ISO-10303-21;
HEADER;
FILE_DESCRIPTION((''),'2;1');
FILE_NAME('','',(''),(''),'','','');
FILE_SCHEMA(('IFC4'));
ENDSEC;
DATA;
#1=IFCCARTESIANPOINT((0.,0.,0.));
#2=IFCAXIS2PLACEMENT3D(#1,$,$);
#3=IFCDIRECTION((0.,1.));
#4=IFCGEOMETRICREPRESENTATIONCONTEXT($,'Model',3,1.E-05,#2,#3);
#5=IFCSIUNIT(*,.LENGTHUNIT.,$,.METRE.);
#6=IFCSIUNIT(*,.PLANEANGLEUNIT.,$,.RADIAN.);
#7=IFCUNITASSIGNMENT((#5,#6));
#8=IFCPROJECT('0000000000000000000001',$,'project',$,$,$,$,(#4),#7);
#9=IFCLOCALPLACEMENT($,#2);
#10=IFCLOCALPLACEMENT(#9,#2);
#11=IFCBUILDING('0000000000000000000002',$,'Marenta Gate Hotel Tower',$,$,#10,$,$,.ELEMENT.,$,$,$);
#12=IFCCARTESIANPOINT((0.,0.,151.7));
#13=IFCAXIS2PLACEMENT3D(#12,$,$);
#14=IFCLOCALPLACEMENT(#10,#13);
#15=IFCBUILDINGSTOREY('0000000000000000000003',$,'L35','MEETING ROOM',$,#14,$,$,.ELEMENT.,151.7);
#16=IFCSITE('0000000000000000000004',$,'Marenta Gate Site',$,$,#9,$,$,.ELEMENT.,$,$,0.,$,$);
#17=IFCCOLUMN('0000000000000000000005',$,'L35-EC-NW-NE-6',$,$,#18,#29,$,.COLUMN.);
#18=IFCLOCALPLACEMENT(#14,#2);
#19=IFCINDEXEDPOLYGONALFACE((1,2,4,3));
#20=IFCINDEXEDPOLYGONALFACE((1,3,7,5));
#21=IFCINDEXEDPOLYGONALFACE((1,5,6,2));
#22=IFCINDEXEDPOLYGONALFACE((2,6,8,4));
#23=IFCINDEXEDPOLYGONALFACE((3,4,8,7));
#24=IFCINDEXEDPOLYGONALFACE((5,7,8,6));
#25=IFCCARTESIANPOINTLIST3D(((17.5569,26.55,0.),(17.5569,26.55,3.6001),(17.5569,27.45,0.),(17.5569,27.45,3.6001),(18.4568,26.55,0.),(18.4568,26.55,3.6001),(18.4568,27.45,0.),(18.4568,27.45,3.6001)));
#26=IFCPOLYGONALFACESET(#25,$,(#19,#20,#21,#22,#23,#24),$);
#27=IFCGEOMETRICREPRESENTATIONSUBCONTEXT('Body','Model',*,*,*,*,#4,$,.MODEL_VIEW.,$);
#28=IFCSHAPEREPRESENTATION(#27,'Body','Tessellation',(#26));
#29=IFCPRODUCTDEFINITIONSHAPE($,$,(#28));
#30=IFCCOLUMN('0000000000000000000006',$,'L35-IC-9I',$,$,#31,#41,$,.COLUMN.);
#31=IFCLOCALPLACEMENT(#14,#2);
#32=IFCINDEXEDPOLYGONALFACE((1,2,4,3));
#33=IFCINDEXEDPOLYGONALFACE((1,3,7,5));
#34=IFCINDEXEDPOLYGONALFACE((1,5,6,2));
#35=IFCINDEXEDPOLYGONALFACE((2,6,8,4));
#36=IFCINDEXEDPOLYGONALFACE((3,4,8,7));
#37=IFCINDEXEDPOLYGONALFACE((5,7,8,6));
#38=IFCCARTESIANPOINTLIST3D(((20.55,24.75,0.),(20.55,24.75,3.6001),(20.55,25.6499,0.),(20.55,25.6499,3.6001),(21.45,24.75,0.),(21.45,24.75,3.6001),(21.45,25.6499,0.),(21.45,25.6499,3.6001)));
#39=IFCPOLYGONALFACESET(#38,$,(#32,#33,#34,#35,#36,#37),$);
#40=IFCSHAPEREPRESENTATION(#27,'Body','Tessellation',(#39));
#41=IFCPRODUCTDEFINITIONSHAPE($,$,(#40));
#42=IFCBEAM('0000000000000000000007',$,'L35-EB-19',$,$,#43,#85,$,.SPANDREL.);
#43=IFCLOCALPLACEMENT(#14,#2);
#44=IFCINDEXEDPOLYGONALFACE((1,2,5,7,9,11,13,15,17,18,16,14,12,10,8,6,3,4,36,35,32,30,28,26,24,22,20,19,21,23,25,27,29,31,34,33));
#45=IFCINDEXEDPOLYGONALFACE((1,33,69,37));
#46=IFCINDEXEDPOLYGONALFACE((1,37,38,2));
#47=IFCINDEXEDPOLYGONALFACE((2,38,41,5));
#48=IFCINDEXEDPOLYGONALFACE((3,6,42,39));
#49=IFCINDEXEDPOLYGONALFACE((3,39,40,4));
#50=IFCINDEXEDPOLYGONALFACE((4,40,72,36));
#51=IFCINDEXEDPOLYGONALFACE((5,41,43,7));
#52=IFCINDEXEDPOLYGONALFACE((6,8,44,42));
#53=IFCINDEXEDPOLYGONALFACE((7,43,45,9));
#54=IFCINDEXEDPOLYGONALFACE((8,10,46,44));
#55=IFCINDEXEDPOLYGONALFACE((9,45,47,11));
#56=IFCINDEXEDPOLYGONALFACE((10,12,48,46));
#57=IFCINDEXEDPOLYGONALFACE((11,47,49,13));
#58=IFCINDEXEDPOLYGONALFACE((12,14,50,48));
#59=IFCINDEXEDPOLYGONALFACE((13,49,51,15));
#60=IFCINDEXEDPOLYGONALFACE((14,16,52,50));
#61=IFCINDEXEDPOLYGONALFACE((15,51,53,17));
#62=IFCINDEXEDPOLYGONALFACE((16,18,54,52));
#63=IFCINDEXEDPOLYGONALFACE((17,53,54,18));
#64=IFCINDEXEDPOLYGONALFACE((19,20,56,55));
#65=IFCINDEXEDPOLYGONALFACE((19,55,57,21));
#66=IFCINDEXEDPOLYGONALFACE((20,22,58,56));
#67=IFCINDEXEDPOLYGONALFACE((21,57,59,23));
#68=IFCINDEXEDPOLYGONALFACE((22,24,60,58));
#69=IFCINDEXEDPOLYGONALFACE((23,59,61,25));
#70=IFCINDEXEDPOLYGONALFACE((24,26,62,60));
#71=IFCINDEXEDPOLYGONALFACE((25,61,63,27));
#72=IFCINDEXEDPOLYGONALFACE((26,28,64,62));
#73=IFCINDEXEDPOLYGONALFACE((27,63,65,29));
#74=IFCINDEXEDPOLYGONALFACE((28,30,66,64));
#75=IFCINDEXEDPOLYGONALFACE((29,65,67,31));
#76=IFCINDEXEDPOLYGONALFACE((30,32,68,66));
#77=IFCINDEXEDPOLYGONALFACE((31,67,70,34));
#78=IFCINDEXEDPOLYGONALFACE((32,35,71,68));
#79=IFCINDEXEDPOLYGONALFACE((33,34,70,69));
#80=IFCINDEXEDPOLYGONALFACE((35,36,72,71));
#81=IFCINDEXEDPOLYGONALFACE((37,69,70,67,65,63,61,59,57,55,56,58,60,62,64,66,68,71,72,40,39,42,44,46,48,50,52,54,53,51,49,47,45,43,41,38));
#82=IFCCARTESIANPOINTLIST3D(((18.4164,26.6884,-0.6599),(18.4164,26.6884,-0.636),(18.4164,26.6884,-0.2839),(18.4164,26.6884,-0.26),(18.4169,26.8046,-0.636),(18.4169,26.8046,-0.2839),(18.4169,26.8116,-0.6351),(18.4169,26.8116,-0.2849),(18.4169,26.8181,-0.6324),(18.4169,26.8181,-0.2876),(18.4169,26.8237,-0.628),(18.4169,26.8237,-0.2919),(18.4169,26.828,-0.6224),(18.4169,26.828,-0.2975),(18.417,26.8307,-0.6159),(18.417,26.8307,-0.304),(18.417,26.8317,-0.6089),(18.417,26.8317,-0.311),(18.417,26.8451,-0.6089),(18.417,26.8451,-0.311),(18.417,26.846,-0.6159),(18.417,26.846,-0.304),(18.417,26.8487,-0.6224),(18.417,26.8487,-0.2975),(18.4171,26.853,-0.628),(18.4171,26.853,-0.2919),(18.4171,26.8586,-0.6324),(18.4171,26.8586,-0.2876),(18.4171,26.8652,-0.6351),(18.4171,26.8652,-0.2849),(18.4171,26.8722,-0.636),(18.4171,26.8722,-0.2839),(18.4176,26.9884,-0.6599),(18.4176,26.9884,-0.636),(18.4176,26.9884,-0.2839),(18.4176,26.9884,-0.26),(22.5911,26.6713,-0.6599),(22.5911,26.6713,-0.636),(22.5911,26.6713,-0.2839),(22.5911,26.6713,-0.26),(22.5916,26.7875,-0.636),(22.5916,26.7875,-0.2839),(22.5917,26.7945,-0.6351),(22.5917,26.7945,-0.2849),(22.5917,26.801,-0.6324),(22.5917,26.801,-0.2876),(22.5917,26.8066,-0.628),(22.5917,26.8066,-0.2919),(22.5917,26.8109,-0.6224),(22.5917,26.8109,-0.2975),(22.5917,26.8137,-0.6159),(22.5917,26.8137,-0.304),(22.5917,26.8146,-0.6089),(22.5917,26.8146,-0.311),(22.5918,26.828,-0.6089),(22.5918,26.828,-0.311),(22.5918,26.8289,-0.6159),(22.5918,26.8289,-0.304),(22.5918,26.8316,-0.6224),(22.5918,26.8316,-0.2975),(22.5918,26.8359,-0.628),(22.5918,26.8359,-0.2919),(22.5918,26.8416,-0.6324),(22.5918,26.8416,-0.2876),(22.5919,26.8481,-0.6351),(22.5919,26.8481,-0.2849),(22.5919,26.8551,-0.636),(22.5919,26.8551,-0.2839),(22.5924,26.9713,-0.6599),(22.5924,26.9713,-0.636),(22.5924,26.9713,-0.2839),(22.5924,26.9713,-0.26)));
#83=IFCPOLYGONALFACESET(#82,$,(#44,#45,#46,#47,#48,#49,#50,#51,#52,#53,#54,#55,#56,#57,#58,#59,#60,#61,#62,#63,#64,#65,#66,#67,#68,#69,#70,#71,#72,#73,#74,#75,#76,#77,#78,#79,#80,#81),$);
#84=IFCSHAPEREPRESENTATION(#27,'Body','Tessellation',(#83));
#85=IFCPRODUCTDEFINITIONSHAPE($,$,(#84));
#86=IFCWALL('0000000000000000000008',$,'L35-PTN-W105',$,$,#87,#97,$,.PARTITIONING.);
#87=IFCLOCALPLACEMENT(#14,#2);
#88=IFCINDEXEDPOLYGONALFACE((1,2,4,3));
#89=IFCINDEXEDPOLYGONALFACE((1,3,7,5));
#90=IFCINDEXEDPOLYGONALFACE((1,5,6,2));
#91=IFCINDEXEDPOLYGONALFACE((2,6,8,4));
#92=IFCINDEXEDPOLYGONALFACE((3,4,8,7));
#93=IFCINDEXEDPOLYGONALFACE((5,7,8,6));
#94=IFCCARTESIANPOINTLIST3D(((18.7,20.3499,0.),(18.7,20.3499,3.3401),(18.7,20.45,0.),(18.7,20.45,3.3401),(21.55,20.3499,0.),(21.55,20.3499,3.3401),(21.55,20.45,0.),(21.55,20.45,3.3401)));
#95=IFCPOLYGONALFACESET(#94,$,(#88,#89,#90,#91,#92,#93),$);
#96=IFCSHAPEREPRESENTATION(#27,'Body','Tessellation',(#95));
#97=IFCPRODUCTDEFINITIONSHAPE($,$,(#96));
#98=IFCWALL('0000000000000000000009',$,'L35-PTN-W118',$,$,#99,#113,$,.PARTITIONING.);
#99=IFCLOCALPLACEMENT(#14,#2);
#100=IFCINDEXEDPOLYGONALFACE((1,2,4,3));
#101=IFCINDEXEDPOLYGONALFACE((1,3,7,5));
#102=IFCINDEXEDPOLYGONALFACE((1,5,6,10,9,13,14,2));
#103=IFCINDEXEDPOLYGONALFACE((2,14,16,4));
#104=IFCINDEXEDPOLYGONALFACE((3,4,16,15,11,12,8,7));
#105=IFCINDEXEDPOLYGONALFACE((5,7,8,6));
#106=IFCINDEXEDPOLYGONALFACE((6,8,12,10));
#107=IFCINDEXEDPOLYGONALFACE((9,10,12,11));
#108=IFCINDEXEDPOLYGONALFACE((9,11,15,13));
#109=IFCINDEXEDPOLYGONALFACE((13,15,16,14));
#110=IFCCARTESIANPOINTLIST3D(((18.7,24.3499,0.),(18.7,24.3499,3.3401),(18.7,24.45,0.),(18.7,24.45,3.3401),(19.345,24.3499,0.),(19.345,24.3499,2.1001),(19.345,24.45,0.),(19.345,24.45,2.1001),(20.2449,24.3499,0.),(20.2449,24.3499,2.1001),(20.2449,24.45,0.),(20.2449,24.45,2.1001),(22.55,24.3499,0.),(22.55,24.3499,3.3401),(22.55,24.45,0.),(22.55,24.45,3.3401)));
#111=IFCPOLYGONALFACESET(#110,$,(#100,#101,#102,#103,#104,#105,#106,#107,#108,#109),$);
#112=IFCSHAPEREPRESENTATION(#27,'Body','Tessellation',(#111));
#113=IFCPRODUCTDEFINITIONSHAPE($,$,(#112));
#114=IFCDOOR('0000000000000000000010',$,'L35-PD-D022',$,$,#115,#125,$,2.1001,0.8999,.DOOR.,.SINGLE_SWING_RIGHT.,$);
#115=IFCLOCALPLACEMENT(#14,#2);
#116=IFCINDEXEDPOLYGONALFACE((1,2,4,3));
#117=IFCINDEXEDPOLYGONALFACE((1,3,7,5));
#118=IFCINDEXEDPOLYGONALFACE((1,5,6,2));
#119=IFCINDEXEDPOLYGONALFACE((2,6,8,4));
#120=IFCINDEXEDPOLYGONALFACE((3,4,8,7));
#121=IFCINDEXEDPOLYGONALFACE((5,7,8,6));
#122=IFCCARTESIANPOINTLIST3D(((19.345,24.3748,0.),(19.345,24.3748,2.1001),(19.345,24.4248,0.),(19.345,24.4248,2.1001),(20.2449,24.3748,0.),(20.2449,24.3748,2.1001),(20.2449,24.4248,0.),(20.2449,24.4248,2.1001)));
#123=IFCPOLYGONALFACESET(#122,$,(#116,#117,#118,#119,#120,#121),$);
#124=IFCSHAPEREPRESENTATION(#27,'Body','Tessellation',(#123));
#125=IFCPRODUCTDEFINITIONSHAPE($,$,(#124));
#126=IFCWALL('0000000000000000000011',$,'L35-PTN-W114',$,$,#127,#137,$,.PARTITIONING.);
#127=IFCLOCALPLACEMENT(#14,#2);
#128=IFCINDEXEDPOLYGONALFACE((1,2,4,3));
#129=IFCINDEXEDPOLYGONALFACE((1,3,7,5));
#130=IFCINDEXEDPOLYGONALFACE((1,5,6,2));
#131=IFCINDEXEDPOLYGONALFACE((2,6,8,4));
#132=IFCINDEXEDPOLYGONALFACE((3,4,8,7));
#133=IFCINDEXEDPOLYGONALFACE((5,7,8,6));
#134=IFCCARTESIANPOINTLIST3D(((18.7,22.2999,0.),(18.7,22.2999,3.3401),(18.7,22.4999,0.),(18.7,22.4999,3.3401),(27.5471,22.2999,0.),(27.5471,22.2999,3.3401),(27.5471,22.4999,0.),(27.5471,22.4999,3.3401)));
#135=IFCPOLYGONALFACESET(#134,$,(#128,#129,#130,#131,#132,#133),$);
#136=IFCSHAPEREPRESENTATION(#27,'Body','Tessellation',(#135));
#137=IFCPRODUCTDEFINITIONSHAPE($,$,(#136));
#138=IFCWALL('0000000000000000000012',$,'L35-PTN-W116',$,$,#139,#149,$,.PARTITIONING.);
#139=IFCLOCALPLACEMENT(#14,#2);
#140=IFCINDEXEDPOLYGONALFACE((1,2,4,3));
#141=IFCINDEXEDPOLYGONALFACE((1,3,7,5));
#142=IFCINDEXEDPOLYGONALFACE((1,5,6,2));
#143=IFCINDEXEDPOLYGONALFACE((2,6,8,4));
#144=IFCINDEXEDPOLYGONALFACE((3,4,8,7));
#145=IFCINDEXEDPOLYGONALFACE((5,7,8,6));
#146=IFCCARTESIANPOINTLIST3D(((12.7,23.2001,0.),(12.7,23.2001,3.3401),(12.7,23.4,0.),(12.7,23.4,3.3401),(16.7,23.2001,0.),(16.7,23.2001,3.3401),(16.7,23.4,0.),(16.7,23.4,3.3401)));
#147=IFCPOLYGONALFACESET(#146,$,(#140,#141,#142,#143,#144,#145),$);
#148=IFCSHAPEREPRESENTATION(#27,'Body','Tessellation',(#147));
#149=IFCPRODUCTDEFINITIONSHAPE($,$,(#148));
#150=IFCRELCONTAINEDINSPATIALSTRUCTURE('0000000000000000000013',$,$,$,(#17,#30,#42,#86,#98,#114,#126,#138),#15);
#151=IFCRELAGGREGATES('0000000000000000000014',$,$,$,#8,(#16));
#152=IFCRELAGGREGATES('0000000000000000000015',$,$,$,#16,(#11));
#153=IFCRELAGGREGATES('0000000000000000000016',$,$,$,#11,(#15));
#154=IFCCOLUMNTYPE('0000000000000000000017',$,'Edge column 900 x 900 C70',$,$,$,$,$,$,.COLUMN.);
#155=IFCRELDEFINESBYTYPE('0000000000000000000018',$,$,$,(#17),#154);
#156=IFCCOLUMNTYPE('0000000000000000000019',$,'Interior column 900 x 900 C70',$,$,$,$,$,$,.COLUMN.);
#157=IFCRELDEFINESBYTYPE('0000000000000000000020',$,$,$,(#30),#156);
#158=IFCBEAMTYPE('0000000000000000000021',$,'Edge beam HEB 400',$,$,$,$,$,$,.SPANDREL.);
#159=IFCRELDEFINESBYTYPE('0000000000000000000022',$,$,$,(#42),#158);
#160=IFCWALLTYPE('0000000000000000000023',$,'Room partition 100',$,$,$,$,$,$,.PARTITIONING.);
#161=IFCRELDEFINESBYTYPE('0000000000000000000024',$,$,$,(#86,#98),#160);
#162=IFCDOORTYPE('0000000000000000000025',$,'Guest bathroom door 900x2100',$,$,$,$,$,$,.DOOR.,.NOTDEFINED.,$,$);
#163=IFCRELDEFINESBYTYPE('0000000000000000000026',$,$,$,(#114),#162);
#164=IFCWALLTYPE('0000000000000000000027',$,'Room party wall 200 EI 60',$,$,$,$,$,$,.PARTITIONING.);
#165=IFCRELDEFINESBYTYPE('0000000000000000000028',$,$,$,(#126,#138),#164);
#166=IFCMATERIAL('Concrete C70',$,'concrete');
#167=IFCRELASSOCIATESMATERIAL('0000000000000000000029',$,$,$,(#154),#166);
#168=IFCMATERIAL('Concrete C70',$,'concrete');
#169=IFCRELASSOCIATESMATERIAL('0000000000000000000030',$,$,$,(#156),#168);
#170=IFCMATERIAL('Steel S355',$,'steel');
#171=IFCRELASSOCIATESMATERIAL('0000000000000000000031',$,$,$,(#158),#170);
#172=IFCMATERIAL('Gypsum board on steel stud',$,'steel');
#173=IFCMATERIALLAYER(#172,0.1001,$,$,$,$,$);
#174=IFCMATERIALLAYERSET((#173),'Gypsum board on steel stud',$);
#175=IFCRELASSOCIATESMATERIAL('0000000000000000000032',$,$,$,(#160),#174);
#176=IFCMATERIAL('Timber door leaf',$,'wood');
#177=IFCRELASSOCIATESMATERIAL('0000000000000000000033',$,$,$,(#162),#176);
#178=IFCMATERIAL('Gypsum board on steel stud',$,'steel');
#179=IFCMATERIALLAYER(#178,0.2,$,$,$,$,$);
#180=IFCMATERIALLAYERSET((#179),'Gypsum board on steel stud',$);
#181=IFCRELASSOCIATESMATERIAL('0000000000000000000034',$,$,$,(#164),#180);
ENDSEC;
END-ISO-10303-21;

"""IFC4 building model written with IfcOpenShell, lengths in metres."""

from ifc_helpers import new_model, si_unit, direction, frame, frame_2d, origin, origin_2d, place, context, subcontext, project, spatial, rectangle, i_section, extrude, material, layer, layer_set, material_profile, profile_set, type_object, element, fill, save


model = new_model("IFC4")

# Units and contexts
model_context = context("Model", 3, precision=1e-05, world=origin(), true_north=direction((0.0, 1.0)))
body_context = subcontext(model_context, "Body", "Model", "MODEL_VIEW")
ifc_project = project(units=[si_unit("LENGTHUNIT", "METRE"), si_unit("PLANEANGLEUNIT", "RADIAN")], contexts=[model_context])

# Site, building, storey
site_placement = place(None, origin())
site = spatial("IfcSite", under=ifc_project, at=site_placement, Name="Marenta Gate Site", CompositionType="ELEMENT", RefElevation=0.0)
building_placement = place(site_placement, origin())
building = spatial("IfcBuilding", under=site, at=building_placement, Name="Marenta Gate Hotel Tower", CompositionType="ELEMENT")
storey_placement = place(building_placement, frame((0.0, 0.0, 151.7)))
storey = spatial("IfcBuildingStorey", under=building, at=storey_placement, Name="L35", Description="MEETING ROOM", CompositionType="ELEMENT", Elevation=151.7)

# Columns
ifc_material_1 = material(Name="Concrete C70", Category="concrete")
ifc_material_profile_1 = material_profile(ifc_material_1, rectangle(XDim=0.8999, YDim=0.8999, at=origin_2d()), Name="900 x 900")
ifc_profile_set_1 = profile_set([ifc_material_profile_1], Name="Concrete C70")
column_type_1 = type_object("IfcColumnType", Name="Edge column 900 x 900 C70", PredefinedType="COLUMN", material=ifc_profile_set_1)
column_1_placement = place(storey_placement, frame((18.0068, 27.0, 0.0), z_axis=(0.0, 0.0, 1.0), x_axis=(1.0, 0.0, 0.0)))
element("IfcColumn", 1, at=column_1_placement, inside=storey, type_object=column_type_1, Name="L35-EC-NW-NE-6", PredefinedType="COLUMN", context=body_context, shape_type="SweptSolid", body=[
    extrude(rectangle(XDim=0.8999, YDim=0.8999, at=origin_2d()), origin(), (0.0, 0.0, 1.0), 3.6001),
])
ifc_material_2 = material(Name="Concrete C70", Category="concrete")
ifc_material_profile_2 = material_profile(ifc_material_2, rectangle(XDim=0.8999, YDim=0.8999, at=origin_2d()), Name="900 x 900")
ifc_profile_set_2 = profile_set([ifc_material_profile_2], Name="Concrete C70")
column_type_2 = type_object("IfcColumnType", Name="Interior column 900 x 900 C70", PredefinedType="COLUMN", material=ifc_profile_set_2)
column_2_placement = place(storey_placement, frame((21.0, 25.2, 0.0), z_axis=(0.0, 0.0, 1.0), x_axis=(1.0, 0.0, 0.0)))
element("IfcColumn", 2, at=column_2_placement, inside=storey, type_object=column_type_2, Name="L35-IC-9I", PredefinedType="COLUMN", context=body_context, shape_type="SweptSolid", body=[
    extrude(rectangle(XDim=0.8999, YDim=0.8999, at=origin_2d()), origin(), (0.0, 0.0, 1.0), 3.6001),
])

# Beam
ifc_material_3 = material(Name="Steel S355", Category="steel")
ifc_material_profile_3 = material_profile(ifc_material_3, i_section(OverallWidth=0.3, OverallDepth=0.3999, WebThickness=0.0134, FlangeThickness=0.0239, FilletRadius=0.0271, at=origin_2d()), Name="HEB 400")
ifc_profile_set_3 = profile_set([ifc_material_profile_3], Name="Steel S355")
beam_type = type_object("IfcBeamType", Name="Edge beam HEB 400", PredefinedType="SPANDREL", material=ifc_profile_set_3)
beam_placement = place(storey_placement, frame((18.417, 26.8384, -0.46), z_axis=(0.999992, -0.004094, 0.0), x_axis=(0.004094, 0.999992, 0.0)))
element("IfcBeam", 3, at=beam_placement, inside=storey, type_object=beam_type, Name="L35-EB-19", PredefinedType="SPANDREL", context=body_context, shape_type="SweptSolid", body=[
    extrude(i_section(OverallWidth=0.3, OverallDepth=0.3999, WebThickness=0.0134, FlangeThickness=0.0239, FilletRadius=0.0271, at=origin_2d()), origin(), (0.0, 0.0, 1.0), 4.1748),
])

# Wall
ifc_material_4 = material(Name="Gypsum board on steel stud", Category="steel")
ifc_layer_1 = layer(ifc_material_4, 0.1001)
ifc_layer_set_1 = layer_set([ifc_layer_1], Name="Gypsum board on steel stud")
wall_type_1 = type_object("IfcWallType", Name="Room partition 100", PredefinedType="PARTITIONING", material=ifc_layer_set_1)
wall_1_placement = place(storey_placement, frame((18.7, 20.3999, 0.0), z_axis=(0.0, 0.0, 1.0), x_axis=(1.0, 0.0, 0.0)))
element("IfcWall", 4, at=wall_1_placement, inside=storey, type_object=wall_type_1, Name="L35-PTN-W105", PredefinedType="PARTITIONING", context=body_context, shape_type="SweptSolid", body=[
    extrude(rectangle(XDim=2.8501, YDim=0.1001, at=frame_2d((1.425, 0.0))), origin(), (0.0, 0.0, 1.0), 3.3401),
])

# Wall, opening, door
wall_2_placement = place(storey_placement, frame((18.7, 24.3999, 0.0), z_axis=(0.0, 0.0, 1.0), x_axis=(1.0, 0.0, 0.0)))
wall_2 = element("IfcWall", 5, at=wall_2_placement, inside=storey, type_object=wall_type_1, Name="L35-PTN-W118", PredefinedType="PARTITIONING", context=body_context, shape_type="SweptSolid", body=[
    extrude(rectangle(XDim=3.8501, YDim=0.1001, at=frame_2d((1.925, 0.0))), origin(), (0.0, 0.0, 1.0), 3.3401),
])
opening_1_placement = place(wall_2_placement, frame((0.645, 0.0, 0.0)))
opening_1 = element("IfcOpeningElement", 6, at=opening_1_placement, cuts=wall_2, PredefinedType="OPENING", context=body_context, shape_type="SweptSolid", body=[
    extrude(rectangle(XDim=0.8999, YDim=2.1001, at=frame_2d((0.45, 1.05))), frame((0.0, 0.05, 0.0), z_axis=(0.0, -1.0, 0.0), x_axis=(1.0, 0.0, 0.0)), (0.0, 0.0, 1.0), 0.1001),
])
ifc_material_5 = material(Name="Timber door leaf", Category="wood")
door_type_1 = type_object("IfcDoorType", Name="Guest bathroom door 900x2100", OperationType="NOTDEFINED", PredefinedType="DOOR", material=ifc_material_5)
door_1_placement = place(opening_1_placement, origin())
door_1 = element("IfcDoor", 7, at=door_1_placement, inside=storey, type_object=door_type_1, Name="L35-PD-D022", OperationType="SINGLE_SWING_RIGHT", OverallHeight=2.1001, OverallWidth=0.8999, PredefinedType="DOOR", context=body_context, shape_type="SweptSolid", body=[
    extrude(rectangle(XDim=0.8999, YDim=2.1001, at=frame_2d((0.45, 1.05))), frame((0.0, 0.0249, 0.0), z_axis=(0.0, -1.0, 0.0), x_axis=(1.0, 0.0, 0.0)), (0.0, 0.0, 1.0), 0.05),
])
fill(opening_1, door_1)

# Walls
ifc_material_6 = material(Name="Gypsum board on steel stud", Category="steel")
ifc_layer_2 = layer(ifc_material_6, 0.2)
ifc_layer_set_2 = layer_set([ifc_layer_2], Name="Gypsum board on steel stud")
wall_type_2 = type_object("IfcWallType", Name="Room party wall 200 EI 60", PredefinedType="PARTITIONING", material=ifc_layer_set_2)
wall_3_placement = place(storey_placement, frame((18.7, 22.3999, 0.0), z_axis=(0.0, 0.0, 1.0), x_axis=(1.0, 0.0, 0.0)))
element("IfcWall", 8, at=wall_3_placement, inside=storey, type_object=wall_type_2, Name="L35-PTN-W114", PredefinedType="PARTITIONING", context=body_context, shape_type="SweptSolid", body=[
    extrude(rectangle(XDim=8.8472, YDim=0.2, at=frame_2d((4.4236, 0.0))), origin(), (0.0, 0.0, 1.0), 3.3401),
])
wall_4_placement = place(storey_placement, frame((12.7, 23.3, 0.0), z_axis=(0.0, 0.0, 1.0), x_axis=(1.0, 0.0, 0.0)))
element("IfcWall", 9, at=wall_4_placement, inside=storey, type_object=wall_type_2, Name="L35-PTN-W116", PredefinedType="PARTITIONING", context=body_context, shape_type="SweptSolid", body=[
    extrude(rectangle(XDim=4.0, YDim=0.2, at=frame_2d((2.0, 0.0))), origin(), (0.0, 0.0, 1.0), 3.3401),
])

save(model, "model.ifc")
